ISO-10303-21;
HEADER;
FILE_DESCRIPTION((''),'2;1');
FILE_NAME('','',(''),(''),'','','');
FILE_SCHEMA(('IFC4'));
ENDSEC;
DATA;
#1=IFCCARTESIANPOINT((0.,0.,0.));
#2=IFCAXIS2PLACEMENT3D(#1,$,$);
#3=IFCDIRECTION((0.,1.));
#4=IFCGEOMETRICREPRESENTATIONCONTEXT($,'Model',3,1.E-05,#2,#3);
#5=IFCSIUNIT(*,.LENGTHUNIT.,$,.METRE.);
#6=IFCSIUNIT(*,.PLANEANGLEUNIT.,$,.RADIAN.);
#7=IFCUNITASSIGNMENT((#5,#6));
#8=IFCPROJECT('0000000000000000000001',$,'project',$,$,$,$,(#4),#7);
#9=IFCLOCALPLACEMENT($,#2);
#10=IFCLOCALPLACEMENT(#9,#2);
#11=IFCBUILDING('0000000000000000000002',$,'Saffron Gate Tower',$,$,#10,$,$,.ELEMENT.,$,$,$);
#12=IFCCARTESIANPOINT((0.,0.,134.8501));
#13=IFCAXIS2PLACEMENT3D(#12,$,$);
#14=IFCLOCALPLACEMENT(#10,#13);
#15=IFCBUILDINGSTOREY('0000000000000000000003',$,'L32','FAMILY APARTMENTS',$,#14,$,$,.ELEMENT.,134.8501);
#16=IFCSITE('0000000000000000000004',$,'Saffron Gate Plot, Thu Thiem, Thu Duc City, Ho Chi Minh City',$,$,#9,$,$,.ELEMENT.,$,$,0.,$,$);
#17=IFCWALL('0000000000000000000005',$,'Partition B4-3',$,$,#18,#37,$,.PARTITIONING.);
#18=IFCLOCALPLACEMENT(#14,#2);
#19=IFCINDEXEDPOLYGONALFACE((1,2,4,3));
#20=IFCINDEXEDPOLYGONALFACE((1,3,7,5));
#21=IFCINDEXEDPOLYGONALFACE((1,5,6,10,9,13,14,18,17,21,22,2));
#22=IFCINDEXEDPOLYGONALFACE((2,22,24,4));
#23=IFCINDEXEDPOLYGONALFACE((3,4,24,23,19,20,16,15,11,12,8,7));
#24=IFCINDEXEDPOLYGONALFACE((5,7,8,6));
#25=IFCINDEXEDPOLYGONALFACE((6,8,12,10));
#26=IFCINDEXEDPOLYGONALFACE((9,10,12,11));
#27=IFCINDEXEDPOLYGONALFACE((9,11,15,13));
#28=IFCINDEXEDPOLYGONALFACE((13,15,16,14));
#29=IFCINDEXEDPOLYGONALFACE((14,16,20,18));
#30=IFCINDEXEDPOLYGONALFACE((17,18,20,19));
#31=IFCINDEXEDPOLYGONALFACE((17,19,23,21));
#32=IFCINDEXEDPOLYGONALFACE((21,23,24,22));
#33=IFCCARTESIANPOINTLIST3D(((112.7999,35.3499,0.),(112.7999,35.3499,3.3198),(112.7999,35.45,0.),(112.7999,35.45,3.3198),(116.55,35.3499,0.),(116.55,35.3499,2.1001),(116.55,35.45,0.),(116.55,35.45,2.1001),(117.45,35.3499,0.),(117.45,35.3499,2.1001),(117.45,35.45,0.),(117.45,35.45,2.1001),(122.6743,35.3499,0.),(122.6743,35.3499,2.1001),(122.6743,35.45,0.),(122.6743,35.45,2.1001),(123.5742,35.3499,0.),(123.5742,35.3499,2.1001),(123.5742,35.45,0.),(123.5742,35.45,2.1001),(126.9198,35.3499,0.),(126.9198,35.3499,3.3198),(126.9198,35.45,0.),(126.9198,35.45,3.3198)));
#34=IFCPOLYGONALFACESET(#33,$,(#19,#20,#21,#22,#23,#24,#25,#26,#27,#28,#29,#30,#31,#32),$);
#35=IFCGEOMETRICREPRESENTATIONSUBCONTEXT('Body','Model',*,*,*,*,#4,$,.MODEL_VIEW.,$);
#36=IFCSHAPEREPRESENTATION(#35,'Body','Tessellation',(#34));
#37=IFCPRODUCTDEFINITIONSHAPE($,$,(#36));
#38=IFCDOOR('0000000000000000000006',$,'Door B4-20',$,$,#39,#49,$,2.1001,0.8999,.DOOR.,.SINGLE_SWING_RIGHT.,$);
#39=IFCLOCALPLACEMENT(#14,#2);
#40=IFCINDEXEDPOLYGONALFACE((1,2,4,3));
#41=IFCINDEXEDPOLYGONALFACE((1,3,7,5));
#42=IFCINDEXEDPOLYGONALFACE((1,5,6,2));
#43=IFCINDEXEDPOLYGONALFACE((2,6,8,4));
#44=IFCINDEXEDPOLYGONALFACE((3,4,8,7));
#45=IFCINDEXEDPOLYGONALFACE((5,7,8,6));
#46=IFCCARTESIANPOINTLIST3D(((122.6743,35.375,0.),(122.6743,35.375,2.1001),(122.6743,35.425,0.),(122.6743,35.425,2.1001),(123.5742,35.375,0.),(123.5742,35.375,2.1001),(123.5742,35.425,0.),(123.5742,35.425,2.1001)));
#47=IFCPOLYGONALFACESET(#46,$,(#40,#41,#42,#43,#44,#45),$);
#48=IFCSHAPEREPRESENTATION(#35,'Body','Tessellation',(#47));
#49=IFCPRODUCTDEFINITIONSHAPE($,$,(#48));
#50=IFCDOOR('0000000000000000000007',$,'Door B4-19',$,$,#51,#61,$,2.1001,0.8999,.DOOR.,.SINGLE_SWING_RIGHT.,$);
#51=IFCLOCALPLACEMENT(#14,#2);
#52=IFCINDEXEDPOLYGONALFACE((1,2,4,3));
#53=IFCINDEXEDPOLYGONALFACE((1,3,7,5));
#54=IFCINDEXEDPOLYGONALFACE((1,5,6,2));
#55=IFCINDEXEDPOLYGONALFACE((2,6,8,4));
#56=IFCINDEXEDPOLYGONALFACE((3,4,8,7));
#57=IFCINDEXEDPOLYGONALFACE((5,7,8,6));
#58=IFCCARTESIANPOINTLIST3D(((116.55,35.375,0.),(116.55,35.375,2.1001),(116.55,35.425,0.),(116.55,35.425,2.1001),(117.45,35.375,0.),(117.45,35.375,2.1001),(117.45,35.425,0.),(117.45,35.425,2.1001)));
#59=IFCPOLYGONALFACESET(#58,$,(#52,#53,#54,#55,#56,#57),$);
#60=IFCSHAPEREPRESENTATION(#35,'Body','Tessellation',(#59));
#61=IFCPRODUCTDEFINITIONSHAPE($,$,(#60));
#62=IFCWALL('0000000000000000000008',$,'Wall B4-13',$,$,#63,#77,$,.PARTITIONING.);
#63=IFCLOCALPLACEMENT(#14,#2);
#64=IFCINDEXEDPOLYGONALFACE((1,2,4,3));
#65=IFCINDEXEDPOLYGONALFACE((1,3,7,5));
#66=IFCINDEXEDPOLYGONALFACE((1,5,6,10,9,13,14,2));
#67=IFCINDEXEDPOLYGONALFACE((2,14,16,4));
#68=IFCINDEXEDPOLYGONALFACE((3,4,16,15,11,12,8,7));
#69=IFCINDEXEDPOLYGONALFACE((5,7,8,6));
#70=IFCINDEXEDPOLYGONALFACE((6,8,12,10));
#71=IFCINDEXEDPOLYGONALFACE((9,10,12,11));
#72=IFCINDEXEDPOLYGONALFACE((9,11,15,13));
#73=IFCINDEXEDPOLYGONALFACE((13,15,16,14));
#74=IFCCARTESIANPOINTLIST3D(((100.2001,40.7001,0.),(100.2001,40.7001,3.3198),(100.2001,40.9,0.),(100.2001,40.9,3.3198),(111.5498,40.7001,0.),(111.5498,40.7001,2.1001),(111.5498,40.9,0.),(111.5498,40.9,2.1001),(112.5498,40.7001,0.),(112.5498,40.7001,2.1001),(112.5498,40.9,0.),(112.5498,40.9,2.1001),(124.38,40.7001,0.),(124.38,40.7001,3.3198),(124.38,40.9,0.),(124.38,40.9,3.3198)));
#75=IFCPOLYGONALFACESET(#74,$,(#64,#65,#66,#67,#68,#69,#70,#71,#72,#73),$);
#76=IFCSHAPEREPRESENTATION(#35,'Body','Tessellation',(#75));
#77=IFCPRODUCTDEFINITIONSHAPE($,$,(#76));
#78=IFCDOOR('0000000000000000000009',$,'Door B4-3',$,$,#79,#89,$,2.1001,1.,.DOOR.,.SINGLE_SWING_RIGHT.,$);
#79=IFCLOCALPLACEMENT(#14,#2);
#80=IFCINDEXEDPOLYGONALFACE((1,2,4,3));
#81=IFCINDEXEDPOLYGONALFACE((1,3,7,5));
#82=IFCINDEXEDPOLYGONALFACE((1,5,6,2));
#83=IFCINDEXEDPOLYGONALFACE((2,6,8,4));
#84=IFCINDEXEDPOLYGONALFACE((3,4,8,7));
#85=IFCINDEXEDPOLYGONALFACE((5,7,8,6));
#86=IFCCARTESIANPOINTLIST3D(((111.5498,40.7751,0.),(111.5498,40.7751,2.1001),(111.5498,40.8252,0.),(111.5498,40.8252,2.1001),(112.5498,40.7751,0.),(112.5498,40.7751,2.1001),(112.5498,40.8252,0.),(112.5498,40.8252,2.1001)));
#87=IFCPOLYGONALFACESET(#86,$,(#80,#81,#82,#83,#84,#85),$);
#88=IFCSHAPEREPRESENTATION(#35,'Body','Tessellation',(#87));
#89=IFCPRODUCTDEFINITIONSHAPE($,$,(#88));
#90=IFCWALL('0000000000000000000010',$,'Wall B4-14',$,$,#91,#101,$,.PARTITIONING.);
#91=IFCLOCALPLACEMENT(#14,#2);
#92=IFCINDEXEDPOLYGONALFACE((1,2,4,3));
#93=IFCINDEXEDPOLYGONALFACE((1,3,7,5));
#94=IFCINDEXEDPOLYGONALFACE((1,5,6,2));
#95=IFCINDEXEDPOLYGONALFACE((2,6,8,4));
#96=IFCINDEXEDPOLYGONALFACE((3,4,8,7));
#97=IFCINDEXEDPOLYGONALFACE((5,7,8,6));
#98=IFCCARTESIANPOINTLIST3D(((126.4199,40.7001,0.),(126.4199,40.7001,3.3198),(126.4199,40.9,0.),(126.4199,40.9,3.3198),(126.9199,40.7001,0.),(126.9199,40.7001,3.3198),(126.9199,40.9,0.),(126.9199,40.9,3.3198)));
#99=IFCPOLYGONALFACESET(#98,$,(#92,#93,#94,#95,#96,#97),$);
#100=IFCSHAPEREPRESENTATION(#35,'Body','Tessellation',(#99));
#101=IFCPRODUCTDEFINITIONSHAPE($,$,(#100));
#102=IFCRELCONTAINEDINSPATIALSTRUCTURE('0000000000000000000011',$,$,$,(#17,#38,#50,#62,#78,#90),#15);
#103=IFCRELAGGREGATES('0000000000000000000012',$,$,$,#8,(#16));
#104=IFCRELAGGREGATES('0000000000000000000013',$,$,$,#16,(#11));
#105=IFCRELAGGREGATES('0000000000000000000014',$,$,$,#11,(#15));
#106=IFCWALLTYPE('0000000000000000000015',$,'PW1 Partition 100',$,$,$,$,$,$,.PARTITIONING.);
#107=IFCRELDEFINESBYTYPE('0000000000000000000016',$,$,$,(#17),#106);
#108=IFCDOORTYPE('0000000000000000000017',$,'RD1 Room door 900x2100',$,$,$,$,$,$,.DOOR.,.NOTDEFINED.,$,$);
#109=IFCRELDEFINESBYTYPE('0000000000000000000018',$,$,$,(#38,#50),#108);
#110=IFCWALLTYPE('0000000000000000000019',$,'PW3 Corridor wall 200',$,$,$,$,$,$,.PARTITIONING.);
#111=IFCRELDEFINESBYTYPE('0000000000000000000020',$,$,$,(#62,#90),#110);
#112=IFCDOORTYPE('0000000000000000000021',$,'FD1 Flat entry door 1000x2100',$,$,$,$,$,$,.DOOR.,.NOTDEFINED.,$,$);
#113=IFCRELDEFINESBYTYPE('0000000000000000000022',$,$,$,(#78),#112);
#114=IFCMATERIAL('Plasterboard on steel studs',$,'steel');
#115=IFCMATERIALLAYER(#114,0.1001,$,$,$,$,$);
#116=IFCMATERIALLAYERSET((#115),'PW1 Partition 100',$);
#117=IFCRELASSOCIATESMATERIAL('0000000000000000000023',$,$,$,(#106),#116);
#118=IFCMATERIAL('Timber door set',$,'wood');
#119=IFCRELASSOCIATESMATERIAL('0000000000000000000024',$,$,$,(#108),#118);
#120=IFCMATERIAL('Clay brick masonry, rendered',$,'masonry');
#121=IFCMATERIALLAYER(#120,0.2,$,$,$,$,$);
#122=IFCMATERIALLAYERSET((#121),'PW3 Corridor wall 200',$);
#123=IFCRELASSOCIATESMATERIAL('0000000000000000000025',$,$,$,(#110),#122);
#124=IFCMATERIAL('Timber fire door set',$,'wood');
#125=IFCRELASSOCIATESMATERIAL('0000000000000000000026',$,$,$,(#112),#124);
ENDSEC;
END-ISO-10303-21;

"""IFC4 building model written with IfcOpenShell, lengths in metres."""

from ifc_helpers import new_model, si_unit, direction, frame, frame_2d, origin, place, context, subcontext, project, spatial, rectangle, extrude, material, layer, layer_set, type_object, element, fill, save


model = new_model("IFC4")

# Units and contexts
model_context = context("Model", 3, precision=1e-05, world=origin(), true_north=direction((0.0, 1.0)))
body_context = subcontext(model_context, "Body", "Model", "MODEL_VIEW")
ifc_project = project(units=[si_unit("LENGTHUNIT", "METRE"), si_unit("PLANEANGLEUNIT", "RADIAN")], contexts=[model_context])

# Site, building, storey
site_placement = place(None, origin())
site = spatial("IfcSite", under=ifc_project, at=site_placement, Name="Saffron Gate Plot, Thu Thiem, Thu Duc City, Ho Chi Minh City", CompositionType="ELEMENT", RefElevation=0.0)
building_placement = place(site_placement, origin())
building = spatial("IfcBuilding", under=site, at=building_placement, Name="Saffron Gate Tower", CompositionType="ELEMENT")
storey_placement = place(building_placement, frame((0.0, 0.0, 134.8501)))
storey = spatial("IfcBuildingStorey", under=building, at=storey_placement, Name="L32", Description="FAMILY APARTMENTS", CompositionType="ELEMENT", Elevation=134.8501)

# Wall, openings, doors
ifc_material_1 = material(Name="Plasterboard on steel studs", Category="steel")
ifc_layer_1 = layer(ifc_material_1, 0.1001)
ifc_layer_set_1 = layer_set([ifc_layer_1], Name="PW1 Partition 100")
wall_type_1 = type_object("IfcWallType", Name="PW1 Partition 100", PredefinedType="PARTITIONING", material=ifc_layer_set_1)
wall_1_placement = place(storey_placement, frame((126.9199, 35.3999, 0.0), z_axis=(0.0, 0.0, 1.0), x_axis=(-1.0, 0.0, 0.0)))
wall_1 = element("IfcWall", 1, at=wall_1_placement, inside=storey, type_object=wall_type_1, Name="Partition B4-3", PredefinedType="PARTITIONING", context=body_context, shape_type="SweptSolid", body=[
    extrude(rectangle(XDim=14.1199, YDim=0.1001, at=frame_2d((7.0601, 0.0))), origin(), (0.0, 0.0, 1.0), 3.3198),
])
opening_1_placement = place(wall_1_placement, frame((3.3457, 0.0, 0.0)))
opening_1 = element("IfcOpeningElement", 2, at=opening_1_placement, cuts=wall_1, PredefinedType="OPENING", context=body_context, shape_type="SweptSolid", body=[
    extrude(rectangle(XDim=0.8999, YDim=2.1001, at=frame_2d((0.45, 1.05))), frame((0.0, 0.0601, 0.0), z_axis=(0.0, -1.0, 0.0), x_axis=(1.0, 0.0, 0.0)), (0.0, 0.0, 1.0), 0.1201),
])
opening_2_placement = place(wall_1_placement, frame((9.47, 0.0, 0.0)))
opening_2 = element("IfcOpeningElement", 3, at=opening_2_placement, cuts=wall_1, PredefinedType="OPENING", context=body_context, shape_type="SweptSolid", body=[
    extrude(rectangle(XDim=0.8999, YDim=2.1001, at=frame_2d((0.45, 1.05))), frame((0.0, 0.0601, 0.0), z_axis=(0.0, -1.0, 0.0), x_axis=(1.0, 0.0, 0.0)), (0.0, 0.0, 1.0), 0.1201),
])
ifc_material_2 = material(Name="Timber door set", Category="wood")
door_type_1 = type_object("IfcDoorType", Name="RD1 Room door 900x2100", OperationType="NOTDEFINED", PredefinedType="DOOR", material=ifc_material_2)
door_1_placement = place(opening_1_placement, origin())
door_1 = element("IfcDoor", 4, at=door_1_placement, inside=storey, type_object=door_type_1, Name="Door B4-20", OperationType="SINGLE_SWING_RIGHT", OverallHeight=2.1001, OverallWidth=0.8999, PredefinedType="DOOR", context=body_context, shape_type="SweptSolid", body=[
    extrude(rectangle(XDim=0.8999, YDim=2.1001, at=frame_2d((0.45, 1.05))), frame((0.0, 0.0249, 0.0), z_axis=(0.0, -1.0, 0.0), x_axis=(1.0, 0.0, 0.0)), (0.0, 0.0, 1.0), 0.05),
])
fill(opening_1, door_1)
door_2_placement = place(opening_2_placement, origin())
door_2 = element("IfcDoor", 5, at=door_2_placement, inside=storey, type_object=door_type_1, Name="Door B4-19", OperationType="SINGLE_SWING_RIGHT", OverallHeight=2.1001, OverallWidth=0.8999, PredefinedType="DOOR", context=body_context, shape_type="SweptSolid", body=[
    extrude(rectangle(XDim=0.8999, YDim=2.1001, at=frame_2d((0.45, 1.05))), frame((0.0, 0.0249, 0.0), z_axis=(0.0, -1.0, 0.0), x_axis=(1.0, 0.0, 0.0)), (0.0, 0.0, 1.0), 0.05),
])
fill(opening_2, door_2)

# Wall, opening, door
ifc_material_3 = material(Name="Clay brick masonry, rendered", Category="masonry")
ifc_layer_2 = layer(ifc_material_3, 0.2)
ifc_layer_set_2 = layer_set([ifc_layer_2], Name="PW3 Corridor wall 200")
wall_type_2 = type_object("IfcWallType", Name="PW3 Corridor wall 200", PredefinedType="PARTITIONING", material=ifc_layer_set_2)
wall_2_placement = place(storey_placement, frame((124.3799, 40.8, 0.0), z_axis=(0.0, 0.0, 1.0), x_axis=(-1.0, 0.0, 0.0)))
wall_2 = element("IfcWall", 6, at=wall_2_placement, inside=storey, type_object=wall_type_2, Name="Wall B4-13", PredefinedType="PARTITIONING", context=body_context, shape_type="SweptSolid", body=[
    extrude(rectangle(XDim=24.1799, YDim=0.2, at=frame_2d((12.0898, 0.0))), origin(), (0.0, 0.0, 1.0), 3.3198),
])
opening_3_placement = place(wall_2_placement, frame((11.8301, 0.0, 0.0)))
opening_3 = element("IfcOpeningElement", 7, at=opening_3_placement, cuts=wall_2, PredefinedType="OPENING", context=body_context, shape_type="SweptSolid", body=[
    extrude(rectangle(XDim=1.0, YDim=2.1001, at=frame_2d((0.5, 1.05))), frame((0.0, 0.1099, 0.0), z_axis=(0.0, -1.0, 0.0), x_axis=(1.0, 0.0, 0.0)), (0.0, 0.0, 1.0), 0.22),
])
ifc_material_4 = material(Name="Timber fire door set", Category="wood")
door_type_2 = type_object("IfcDoorType", Name="FD1 Flat entry door 1000x2100", OperationType="NOTDEFINED", PredefinedType="DOOR", material=ifc_material_4)
door_3_placement = place(opening_3_placement, origin())
door_3 = element("IfcDoor", 8, at=door_3_placement, inside=storey, type_object=door_type_2, Name="Door B4-3", OperationType="SINGLE_SWING_RIGHT", OverallHeight=2.1001, OverallWidth=1.0, PredefinedType="DOOR", context=body_context, shape_type="SweptSolid", body=[
    extrude(rectangle(XDim=1.0, YDim=2.1001, at=frame_2d((0.5, 1.05))), frame((0.0, 0.0249, 0.0), z_axis=(0.0, -1.0, 0.0), x_axis=(1.0, 0.0, 0.0)), (0.0, 0.0, 1.0), 0.05),
])
fill(opening_3, door_3)

# Wall
wall_3_placement = place(storey_placement, frame((126.4199, 40.8, 0.0), z_axis=(0.0, 0.0, 1.0), x_axis=(1.0, 0.0, 0.0)))
element("IfcWall", 9, at=wall_3_placement, inside=storey, type_object=wall_type_2, Name="Wall B4-14", PredefinedType="PARTITIONING", context=body_context, shape_type="SweptSolid", body=[
    extrude(rectangle(XDim=0.5, YDim=0.2, at=frame_2d((0.25, 0.0))), origin(), (0.0, 0.0, 1.0), 3.3198),
])

save(model, "model.ifc")
